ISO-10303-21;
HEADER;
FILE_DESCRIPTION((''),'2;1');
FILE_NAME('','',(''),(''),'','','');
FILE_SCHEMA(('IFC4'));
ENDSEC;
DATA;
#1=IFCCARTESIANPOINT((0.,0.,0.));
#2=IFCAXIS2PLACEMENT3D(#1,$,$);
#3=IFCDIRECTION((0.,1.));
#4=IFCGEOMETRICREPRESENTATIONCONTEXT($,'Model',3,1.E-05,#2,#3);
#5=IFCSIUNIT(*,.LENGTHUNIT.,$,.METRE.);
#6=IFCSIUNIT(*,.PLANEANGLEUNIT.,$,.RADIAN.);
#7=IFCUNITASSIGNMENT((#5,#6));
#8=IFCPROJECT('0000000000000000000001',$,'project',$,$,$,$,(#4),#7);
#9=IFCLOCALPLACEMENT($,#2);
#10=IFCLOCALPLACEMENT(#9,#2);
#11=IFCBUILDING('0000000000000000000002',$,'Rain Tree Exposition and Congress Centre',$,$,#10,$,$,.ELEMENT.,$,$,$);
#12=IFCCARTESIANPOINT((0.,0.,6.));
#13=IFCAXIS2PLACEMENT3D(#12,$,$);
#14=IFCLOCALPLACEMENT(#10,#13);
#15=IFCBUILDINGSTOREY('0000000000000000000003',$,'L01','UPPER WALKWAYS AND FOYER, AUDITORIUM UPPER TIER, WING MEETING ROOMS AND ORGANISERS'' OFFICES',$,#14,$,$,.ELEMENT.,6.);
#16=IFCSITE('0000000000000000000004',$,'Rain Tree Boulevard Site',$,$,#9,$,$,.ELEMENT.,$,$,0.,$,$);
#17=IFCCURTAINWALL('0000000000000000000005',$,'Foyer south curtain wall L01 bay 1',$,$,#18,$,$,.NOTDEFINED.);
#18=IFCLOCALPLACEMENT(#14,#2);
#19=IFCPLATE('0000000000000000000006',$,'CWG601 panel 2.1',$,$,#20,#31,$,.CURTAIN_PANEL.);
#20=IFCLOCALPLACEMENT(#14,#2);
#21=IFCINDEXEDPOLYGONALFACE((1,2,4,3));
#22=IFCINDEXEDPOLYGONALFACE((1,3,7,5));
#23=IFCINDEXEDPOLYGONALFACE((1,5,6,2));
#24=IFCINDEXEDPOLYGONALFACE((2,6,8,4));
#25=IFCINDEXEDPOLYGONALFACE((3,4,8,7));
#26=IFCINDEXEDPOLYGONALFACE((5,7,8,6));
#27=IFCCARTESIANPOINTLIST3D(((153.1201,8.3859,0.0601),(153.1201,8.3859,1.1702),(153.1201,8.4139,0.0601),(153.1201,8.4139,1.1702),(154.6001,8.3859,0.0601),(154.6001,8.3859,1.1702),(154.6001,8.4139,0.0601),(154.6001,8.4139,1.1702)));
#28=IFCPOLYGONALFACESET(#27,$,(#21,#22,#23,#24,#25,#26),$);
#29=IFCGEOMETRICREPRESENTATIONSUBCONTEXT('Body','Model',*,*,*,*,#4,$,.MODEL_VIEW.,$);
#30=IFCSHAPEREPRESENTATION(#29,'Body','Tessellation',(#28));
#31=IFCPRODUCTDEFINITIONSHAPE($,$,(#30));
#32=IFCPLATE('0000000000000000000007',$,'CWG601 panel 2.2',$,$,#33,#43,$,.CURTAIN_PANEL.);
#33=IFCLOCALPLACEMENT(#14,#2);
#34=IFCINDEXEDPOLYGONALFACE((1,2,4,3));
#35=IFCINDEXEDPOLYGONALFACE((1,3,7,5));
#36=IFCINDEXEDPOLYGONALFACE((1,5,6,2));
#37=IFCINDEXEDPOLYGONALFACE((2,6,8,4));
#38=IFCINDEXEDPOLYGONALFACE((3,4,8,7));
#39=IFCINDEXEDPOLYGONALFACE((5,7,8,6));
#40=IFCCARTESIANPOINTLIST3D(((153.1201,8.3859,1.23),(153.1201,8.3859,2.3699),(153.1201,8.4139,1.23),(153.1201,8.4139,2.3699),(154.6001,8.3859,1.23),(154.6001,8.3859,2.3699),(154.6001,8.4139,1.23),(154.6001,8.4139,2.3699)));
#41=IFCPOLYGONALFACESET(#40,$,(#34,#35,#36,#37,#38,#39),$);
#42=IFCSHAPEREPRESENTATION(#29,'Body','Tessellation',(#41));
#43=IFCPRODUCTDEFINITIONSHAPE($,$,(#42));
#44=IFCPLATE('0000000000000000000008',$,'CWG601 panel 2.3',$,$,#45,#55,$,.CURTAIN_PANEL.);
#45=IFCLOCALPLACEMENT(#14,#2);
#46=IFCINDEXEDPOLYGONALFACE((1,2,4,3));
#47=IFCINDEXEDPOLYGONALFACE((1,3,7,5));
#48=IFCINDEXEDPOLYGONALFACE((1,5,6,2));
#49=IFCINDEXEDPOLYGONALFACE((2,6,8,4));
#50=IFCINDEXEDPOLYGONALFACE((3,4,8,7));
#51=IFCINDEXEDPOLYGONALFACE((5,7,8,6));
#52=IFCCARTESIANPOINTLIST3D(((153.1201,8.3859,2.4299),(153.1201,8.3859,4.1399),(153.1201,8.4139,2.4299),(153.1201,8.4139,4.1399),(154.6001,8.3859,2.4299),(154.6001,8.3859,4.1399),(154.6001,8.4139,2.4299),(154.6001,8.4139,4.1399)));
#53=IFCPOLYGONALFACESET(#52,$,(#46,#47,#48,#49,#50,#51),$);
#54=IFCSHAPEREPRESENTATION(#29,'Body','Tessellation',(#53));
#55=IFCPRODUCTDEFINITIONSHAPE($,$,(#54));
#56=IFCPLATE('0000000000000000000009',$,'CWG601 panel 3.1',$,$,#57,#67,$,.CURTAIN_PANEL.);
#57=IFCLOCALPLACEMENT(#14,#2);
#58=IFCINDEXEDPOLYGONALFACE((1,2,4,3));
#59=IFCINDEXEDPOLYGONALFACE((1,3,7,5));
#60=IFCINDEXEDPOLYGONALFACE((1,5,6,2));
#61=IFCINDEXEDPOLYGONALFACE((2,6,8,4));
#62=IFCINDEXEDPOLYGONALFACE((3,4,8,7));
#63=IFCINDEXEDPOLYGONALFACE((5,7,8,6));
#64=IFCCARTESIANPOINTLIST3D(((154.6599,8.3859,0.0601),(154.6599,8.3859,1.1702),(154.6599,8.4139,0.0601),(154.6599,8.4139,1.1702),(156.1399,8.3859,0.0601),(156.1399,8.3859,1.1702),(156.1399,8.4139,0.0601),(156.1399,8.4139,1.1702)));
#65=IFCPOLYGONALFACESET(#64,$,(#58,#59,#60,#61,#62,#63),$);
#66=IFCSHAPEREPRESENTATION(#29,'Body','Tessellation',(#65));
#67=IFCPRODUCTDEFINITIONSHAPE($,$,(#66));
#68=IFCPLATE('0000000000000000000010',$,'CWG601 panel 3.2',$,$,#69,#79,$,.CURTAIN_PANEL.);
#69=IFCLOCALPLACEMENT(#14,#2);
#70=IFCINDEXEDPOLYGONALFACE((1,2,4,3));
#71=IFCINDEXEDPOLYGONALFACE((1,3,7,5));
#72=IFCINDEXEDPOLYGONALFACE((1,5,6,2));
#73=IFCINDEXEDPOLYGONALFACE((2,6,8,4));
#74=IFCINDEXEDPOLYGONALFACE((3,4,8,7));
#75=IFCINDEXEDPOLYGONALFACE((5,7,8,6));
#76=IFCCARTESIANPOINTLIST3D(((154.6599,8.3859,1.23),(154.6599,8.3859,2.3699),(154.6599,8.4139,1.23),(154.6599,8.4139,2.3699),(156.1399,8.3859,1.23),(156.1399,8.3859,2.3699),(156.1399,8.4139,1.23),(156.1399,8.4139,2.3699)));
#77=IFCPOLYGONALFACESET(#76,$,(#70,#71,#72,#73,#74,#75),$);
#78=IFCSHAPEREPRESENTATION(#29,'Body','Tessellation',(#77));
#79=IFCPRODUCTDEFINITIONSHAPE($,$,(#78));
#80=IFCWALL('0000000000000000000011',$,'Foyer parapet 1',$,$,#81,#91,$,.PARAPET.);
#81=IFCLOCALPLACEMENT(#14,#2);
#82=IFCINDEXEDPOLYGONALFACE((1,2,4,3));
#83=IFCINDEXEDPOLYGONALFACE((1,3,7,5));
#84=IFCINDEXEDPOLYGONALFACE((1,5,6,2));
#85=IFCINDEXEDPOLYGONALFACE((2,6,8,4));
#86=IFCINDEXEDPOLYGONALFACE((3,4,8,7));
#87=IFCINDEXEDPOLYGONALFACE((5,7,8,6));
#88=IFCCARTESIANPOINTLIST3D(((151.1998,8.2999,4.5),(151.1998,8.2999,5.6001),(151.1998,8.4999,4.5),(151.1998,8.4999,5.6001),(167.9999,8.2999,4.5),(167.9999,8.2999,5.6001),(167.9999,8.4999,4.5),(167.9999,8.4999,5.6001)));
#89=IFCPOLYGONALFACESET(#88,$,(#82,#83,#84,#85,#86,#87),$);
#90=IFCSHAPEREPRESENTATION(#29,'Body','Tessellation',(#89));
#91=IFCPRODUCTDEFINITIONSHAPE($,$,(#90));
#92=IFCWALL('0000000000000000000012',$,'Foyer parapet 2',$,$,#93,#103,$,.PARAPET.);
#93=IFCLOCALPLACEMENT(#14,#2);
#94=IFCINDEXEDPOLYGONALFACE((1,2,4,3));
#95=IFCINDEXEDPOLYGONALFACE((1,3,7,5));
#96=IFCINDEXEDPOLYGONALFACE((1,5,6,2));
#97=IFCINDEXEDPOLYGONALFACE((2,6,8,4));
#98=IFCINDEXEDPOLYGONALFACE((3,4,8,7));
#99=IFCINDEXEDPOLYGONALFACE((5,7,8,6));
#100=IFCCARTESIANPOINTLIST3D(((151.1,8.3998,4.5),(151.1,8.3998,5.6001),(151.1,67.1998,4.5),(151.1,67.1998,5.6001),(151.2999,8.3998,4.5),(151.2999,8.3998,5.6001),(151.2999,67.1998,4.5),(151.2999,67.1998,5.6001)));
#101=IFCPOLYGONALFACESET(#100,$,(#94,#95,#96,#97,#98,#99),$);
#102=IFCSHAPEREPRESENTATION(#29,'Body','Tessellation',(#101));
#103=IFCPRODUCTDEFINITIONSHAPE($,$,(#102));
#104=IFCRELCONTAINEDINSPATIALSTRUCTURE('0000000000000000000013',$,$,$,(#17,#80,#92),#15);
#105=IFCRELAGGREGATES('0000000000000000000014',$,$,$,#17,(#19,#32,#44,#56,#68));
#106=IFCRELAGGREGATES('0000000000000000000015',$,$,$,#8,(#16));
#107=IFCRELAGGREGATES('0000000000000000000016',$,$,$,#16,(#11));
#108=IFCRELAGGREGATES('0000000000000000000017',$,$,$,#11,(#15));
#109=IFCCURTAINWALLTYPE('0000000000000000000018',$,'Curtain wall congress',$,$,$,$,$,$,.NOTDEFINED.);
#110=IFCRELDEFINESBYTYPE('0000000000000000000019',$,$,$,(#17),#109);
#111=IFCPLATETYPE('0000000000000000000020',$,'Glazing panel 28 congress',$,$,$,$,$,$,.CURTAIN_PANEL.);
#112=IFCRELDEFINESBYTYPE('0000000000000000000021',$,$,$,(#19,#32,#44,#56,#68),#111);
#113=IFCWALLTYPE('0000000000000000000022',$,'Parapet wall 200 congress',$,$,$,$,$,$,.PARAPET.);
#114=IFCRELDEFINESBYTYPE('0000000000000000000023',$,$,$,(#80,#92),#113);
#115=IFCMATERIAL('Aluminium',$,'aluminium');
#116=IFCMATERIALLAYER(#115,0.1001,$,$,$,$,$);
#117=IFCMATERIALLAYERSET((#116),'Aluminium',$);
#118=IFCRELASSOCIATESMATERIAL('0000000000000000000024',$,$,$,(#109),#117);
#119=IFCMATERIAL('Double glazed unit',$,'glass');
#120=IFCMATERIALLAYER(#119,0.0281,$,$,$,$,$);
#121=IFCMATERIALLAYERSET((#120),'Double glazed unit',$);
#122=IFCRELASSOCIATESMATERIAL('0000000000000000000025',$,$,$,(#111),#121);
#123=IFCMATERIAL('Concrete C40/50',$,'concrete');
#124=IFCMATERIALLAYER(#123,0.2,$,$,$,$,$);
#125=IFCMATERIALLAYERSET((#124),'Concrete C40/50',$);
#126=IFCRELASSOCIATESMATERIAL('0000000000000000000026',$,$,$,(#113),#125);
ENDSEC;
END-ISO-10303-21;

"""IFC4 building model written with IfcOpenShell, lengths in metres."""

from ifc_helpers import new_model, si_unit, direction, frame, frame_2d, origin, origin_2d, place, context, subcontext, project, spatial, rectangle, extrude, material, layer, layer_set, type_object, element, aggregate, save


model = new_model("IFC4")

# Units and contexts
model_context = context("Model", 3, precision=1e-05, world=origin(), true_north=direction((0.0, 1.0)))
body_context = subcontext(model_context, "Body", "Model", "MODEL_VIEW")
ifc_project = project(units=[si_unit("LENGTHUNIT", "METRE"), si_unit("PLANEANGLEUNIT", "RADIAN")], contexts=[model_context])

# Site, building, storey
site_placement = place(None, origin())
site = spatial("IfcSite", under=ifc_project, at=site_placement, Name="Rain Tree Boulevard Site", CompositionType="ELEMENT", RefElevation=0.0)
building_placement = place(site_placement, origin())
building = spatial("IfcBuilding", under=site, at=building_placement, Name="Rain Tree Exposition and Congress Centre", CompositionType="ELEMENT")
storey_placement = place(building_placement, frame((0.0, 0.0, 6.0)))
storey = spatial("IfcBuildingStorey", under=building, at=storey_placement, Name="L01", Description="UPPER WALKWAYS AND FOYER, AUDITORIUM UPPER TIER, WING MEETING ROOMS AND ORGANISERS' OFFICES", CompositionType="ELEMENT", Elevation=6.0)

# Shared definitions
ifc_material_1 = material(Name="Aluminium", Category="aluminium")
ifc_layer_1 = layer(ifc_material_1, 0.1001)
ifc_layer_set_1 = layer_set([ifc_layer_1], Name="Aluminium")
curtain_wall_type = type_object("IfcCurtainWallType", Name="Curtain wall congress", PredefinedType="NOTDEFINED", material=ifc_layer_set_1)

# Curtain wall
curtain_wall_1_placement = place(storey_placement, origin())
curtain_wall_1 = element("IfcCurtainWall", 1, at=curtain_wall_1_placement, inside=storey, type_object=curtain_wall_type, Name="Foyer south curtain wall L01 bay 1", PredefinedType="NOTDEFINED")

# Plates
ifc_material_2 = material(Name="Double glazed unit", Category="glass")
ifc_layer_2 = layer(ifc_material_2, 0.0281)
ifc_layer_set_2 = layer_set([ifc_layer_2], Name="Double glazed unit")
plate_type = type_object("IfcPlateType", Name="Glazing panel 28 congress", PredefinedType="CURTAIN_PANEL", material=ifc_layer_set_2)
plate_1_placement = place(storey_placement, frame((153.8601, 8.3999, 0.0601), z_axis=(0.0, 0.0, 1.0), x_axis=(1.0, 0.0, 0.0)))
plate_1 = element("IfcPlate", 2, at=plate_1_placement, type_object=plate_type, Name="CWG601 panel 2.1", PredefinedType="CURTAIN_PANEL", context=body_context, shape_type="SweptSolid", body=[
    extrude(rectangle(XDim=1.48, YDim=0.0281, at=origin_2d()), origin(), (0.0, 0.0, 1.0), 1.1101),
])
plate_2_placement = place(storey_placement, frame((153.8601, 8.3999, 1.23), z_axis=(0.0, 0.0, 1.0), x_axis=(1.0, 0.0, 0.0)))
plate_2 = element("IfcPlate", 3, at=plate_2_placement, type_object=plate_type, Name="CWG601 panel 2.2", PredefinedType="CURTAIN_PANEL", context=body_context, shape_type="SweptSolid", body=[
    extrude(rectangle(XDim=1.48, YDim=0.0281, at=origin_2d()), origin(), (0.0, 0.0, 1.0), 1.1399),
])
plate_3_placement = place(storey_placement, frame((153.8601, 8.3999, 2.4299), z_axis=(0.0, 0.0, 1.0), x_axis=(1.0, 0.0, 0.0)))
plate_3 = element("IfcPlate", 4, at=plate_3_placement, type_object=plate_type, Name="CWG601 panel 2.3", PredefinedType="CURTAIN_PANEL", context=body_context, shape_type="SweptSolid", body=[
    extrude(rectangle(XDim=1.48, YDim=0.0281, at=origin_2d()), origin(), (0.0, 0.0, 1.0), 1.71),
])
plate_4_placement = place(storey_placement, frame((155.3999, 8.3999, 0.0601), z_axis=(0.0, 0.0, 1.0), x_axis=(1.0, 0.0, 0.0)))
plate_4 = element("IfcPlate", 5, at=plate_4_placement, type_object=plate_type, Name="CWG601 panel 3.1", PredefinedType="CURTAIN_PANEL", context=body_context, shape_type="SweptSolid", body=[
    extrude(rectangle(XDim=1.48, YDim=0.0281, at=origin_2d()), origin(), (0.0, 0.0, 1.0), 1.1101),
])
plate_5_placement = place(storey_placement, frame((155.3999, 8.3999, 1.23), z_axis=(0.0, 0.0, 1.0), x_axis=(1.0, 0.0, 0.0)))
plate_5 = element("IfcPlate", 6, at=plate_5_placement, type_object=plate_type, Name="CWG601 panel 3.2", PredefinedType="CURTAIN_PANEL", context=body_context, shape_type="SweptSolid", body=[
    extrude(rectangle(XDim=1.48, YDim=0.0281, at=origin_2d()), origin(), (0.0, 0.0, 1.0), 1.1399),
])
aggregate(curtain_wall_1, [plate_1, plate_2, plate_3, plate_4, plate_5])

# Walls
ifc_material_3 = material(Name="Concrete C40/50", Category="concrete")
ifc_layer_3 = layer(ifc_material_3, 0.2)
ifc_layer_set_3 = layer_set([ifc_layer_3], Name="Concrete C40/50")
wall_type = type_object("IfcWallType", Name="Parapet wall 200 congress", PredefinedType="PARAPET", material=ifc_layer_set_3)
wall_1_placement = place(storey_placement, frame((151.2, 8.3999, 4.5), z_axis=(0.0, 0.0, 1.0), x_axis=(1.0, 0.0, 0.0)))
element("IfcWall", 7, at=wall_1_placement, inside=storey, type_object=wall_type, Name="Foyer parapet 1", PredefinedType="PARAPET", context=body_context, shape_type="SweptSolid", body=[
    extrude(rectangle(XDim=16.8, YDim=0.2, at=frame_2d((8.3999, 0.0))), origin(), (0.0, 0.0, 1.0), 1.1001),
])
wall_2_placement = place(storey_placement, frame((151.2, 8.3999, 4.5), z_axis=(0.0, 0.0, 1.0), x_axis=(0.0, 1.0, 0.0)))
element("IfcWall", 8, at=wall_2_placement, inside=storey, type_object=wall_type, Name="Foyer parapet 2", PredefinedType="PARAPET", context=body_context, shape_type="SweptSolid", body=[
    extrude(rectangle(XDim=58.8, YDim=0.2, at=frame_2d((29.3999, 0.0))), origin(), (0.0, 0.0, 1.0), 1.1001),
])

save(model, "model.ifc")
